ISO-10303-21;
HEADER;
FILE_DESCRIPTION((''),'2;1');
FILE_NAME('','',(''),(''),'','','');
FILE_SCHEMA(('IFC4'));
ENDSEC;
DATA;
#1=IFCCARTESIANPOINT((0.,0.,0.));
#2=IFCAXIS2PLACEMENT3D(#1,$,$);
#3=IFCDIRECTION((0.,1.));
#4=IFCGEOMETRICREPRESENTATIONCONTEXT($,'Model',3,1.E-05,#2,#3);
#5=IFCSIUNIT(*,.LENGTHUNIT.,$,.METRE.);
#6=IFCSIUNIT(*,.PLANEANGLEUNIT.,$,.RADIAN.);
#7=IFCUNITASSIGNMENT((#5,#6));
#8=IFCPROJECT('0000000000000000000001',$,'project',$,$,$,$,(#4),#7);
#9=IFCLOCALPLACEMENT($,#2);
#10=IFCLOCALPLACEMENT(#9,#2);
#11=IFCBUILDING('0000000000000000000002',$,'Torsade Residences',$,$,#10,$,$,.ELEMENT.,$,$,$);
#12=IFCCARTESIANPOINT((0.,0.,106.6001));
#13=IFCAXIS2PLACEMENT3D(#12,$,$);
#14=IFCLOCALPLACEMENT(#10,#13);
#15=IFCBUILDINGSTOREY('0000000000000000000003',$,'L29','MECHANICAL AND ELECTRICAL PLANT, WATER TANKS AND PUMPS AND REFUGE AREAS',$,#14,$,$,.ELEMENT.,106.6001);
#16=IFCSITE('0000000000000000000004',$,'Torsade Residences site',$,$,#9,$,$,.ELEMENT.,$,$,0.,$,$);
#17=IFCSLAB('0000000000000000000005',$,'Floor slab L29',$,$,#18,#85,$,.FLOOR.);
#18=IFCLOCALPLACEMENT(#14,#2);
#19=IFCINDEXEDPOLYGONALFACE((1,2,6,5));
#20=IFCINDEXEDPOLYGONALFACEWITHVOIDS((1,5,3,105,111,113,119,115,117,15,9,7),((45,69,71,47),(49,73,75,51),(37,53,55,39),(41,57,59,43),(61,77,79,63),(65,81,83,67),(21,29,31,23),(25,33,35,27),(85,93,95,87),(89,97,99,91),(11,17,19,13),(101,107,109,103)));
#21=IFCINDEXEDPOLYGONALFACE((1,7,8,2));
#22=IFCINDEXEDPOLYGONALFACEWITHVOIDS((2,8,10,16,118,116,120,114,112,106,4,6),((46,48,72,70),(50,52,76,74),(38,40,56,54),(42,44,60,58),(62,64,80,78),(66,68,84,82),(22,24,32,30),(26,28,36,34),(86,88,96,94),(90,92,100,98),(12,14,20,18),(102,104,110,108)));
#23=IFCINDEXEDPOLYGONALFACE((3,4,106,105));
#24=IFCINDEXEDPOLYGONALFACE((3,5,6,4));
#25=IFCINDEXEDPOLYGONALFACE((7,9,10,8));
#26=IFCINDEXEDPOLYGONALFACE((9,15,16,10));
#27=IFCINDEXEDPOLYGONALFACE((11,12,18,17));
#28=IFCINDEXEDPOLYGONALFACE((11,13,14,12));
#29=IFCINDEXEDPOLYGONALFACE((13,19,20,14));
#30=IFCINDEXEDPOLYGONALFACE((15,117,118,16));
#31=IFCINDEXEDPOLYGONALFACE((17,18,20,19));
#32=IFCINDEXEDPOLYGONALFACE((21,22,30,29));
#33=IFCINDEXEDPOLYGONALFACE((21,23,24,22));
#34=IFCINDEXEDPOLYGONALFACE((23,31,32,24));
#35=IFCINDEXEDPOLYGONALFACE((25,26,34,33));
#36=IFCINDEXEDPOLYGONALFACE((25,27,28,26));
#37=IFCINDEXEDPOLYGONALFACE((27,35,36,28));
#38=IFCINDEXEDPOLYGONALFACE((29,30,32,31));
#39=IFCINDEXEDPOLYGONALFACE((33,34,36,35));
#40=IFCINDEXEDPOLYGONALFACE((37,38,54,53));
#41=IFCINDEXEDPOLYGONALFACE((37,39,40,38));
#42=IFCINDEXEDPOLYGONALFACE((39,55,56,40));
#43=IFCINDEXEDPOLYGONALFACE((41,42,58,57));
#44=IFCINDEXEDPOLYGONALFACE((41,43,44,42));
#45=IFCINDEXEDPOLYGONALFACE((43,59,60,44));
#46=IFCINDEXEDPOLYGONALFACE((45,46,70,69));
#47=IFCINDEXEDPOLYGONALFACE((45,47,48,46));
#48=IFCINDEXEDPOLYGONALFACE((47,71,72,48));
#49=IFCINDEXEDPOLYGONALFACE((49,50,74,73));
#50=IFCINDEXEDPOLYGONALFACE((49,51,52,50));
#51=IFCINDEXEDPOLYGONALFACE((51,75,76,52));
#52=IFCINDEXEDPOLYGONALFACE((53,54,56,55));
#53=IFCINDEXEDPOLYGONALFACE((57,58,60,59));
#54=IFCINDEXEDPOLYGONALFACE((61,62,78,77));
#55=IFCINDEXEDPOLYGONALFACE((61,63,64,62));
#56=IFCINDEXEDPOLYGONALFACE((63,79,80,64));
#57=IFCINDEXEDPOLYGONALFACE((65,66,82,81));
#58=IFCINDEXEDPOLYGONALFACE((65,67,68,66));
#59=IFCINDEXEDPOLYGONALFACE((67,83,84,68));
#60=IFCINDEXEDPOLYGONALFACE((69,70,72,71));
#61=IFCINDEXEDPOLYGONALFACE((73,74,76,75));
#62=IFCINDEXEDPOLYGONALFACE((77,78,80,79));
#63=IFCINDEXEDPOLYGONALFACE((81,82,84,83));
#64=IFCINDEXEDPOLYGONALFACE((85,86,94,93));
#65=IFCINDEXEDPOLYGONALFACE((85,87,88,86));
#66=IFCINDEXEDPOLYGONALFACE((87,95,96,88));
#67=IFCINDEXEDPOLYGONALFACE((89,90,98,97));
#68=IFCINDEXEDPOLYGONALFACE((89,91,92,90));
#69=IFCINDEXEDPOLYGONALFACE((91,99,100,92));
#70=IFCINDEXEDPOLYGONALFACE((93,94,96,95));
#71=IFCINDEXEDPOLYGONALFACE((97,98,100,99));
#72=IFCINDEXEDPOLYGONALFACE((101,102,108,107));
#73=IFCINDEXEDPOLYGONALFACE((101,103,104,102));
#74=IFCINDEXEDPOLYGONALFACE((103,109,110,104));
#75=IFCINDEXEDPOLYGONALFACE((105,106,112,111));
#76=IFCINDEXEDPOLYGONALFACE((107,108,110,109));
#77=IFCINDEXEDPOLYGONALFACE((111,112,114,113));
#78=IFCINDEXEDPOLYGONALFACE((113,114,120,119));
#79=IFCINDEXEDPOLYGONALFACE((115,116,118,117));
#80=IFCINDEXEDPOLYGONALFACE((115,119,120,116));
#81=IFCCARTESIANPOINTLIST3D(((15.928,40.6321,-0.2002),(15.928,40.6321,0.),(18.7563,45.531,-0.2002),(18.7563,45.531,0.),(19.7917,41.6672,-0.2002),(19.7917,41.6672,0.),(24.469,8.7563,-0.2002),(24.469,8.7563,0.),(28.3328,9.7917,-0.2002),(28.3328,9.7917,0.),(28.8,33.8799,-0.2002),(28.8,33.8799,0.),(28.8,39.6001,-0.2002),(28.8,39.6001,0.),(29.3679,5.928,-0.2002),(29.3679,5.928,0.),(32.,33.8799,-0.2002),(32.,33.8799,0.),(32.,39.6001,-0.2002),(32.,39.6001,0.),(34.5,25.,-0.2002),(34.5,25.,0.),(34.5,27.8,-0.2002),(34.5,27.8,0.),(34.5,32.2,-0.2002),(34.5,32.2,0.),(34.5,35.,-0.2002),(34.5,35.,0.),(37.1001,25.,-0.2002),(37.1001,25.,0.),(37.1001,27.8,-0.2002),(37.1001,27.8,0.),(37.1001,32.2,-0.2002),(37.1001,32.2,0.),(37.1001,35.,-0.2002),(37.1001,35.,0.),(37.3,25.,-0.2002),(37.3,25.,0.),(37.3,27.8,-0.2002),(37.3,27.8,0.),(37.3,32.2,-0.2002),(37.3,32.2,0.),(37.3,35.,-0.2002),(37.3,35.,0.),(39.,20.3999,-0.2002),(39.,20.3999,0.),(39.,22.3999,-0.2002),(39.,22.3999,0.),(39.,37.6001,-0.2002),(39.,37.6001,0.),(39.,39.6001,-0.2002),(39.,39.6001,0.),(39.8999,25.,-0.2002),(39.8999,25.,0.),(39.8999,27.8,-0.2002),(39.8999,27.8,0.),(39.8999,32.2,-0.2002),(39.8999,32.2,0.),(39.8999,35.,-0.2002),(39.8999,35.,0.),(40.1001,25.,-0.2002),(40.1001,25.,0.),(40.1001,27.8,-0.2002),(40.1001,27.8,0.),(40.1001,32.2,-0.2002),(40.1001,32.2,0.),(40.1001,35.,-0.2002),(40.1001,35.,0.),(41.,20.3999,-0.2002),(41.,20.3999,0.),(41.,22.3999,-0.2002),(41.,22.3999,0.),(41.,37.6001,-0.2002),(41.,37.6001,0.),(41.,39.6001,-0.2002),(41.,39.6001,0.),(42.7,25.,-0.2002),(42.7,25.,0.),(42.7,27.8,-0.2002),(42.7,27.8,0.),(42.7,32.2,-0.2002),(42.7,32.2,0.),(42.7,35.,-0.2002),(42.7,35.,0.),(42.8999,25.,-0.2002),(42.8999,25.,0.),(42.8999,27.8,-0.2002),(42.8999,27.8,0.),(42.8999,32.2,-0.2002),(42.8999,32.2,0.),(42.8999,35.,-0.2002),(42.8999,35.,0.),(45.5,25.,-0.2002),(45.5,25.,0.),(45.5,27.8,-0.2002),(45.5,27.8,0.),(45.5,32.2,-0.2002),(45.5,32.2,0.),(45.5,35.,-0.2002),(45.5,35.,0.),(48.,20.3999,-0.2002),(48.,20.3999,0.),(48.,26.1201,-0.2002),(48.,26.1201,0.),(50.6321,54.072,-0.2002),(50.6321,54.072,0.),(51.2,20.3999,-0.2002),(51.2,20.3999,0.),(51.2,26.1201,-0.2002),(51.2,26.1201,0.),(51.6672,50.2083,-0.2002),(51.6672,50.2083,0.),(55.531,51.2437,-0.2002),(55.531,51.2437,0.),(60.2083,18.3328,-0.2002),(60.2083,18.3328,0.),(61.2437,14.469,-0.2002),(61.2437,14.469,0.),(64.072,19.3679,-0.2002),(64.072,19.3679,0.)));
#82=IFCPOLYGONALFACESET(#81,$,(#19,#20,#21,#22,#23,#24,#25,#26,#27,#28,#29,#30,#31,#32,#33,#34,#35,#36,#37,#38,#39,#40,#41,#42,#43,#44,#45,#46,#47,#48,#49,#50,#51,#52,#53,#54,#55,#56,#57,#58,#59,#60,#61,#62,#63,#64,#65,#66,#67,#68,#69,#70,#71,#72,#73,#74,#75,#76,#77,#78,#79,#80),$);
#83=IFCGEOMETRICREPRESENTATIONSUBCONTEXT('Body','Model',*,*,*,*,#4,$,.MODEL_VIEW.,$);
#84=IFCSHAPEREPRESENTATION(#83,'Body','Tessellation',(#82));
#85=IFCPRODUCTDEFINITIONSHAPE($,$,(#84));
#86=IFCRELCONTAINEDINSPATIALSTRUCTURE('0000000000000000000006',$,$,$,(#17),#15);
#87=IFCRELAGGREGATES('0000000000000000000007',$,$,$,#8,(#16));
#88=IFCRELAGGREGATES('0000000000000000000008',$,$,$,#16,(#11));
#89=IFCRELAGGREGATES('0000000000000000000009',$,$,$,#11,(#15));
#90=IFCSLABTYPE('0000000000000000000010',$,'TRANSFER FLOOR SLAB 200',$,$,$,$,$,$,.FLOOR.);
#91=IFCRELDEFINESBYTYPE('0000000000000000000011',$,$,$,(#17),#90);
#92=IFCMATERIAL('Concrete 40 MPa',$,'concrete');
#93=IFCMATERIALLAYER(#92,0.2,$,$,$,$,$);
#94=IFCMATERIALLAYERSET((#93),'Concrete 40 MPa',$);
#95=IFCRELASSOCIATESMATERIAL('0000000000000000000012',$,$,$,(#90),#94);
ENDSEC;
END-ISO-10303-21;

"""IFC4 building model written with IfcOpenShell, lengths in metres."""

from ifc_helpers import new_model, si_unit, direction, frame, origin, place, context, subcontext, project, spatial, polyline, outline, extrude, material, layer, layer_set, type_object, element, save


model = new_model("IFC4")

# Units and contexts
model_context = context("Model", 3, precision=1e-05, world=origin(), true_north=direction((0.0, 1.0)))
body_context = subcontext(model_context, "Body", "Model", "MODEL_VIEW")
ifc_project = project(units=[si_unit("LENGTHUNIT", "METRE"), si_unit("PLANEANGLEUNIT", "RADIAN")], contexts=[model_context])

# Site, building, storey
site_placement = place(None, origin())
site = spatial("IfcSite", under=ifc_project, at=site_placement, Name="Torsade Residences site", CompositionType="ELEMENT", RefElevation=0.0)
building_placement = place(site_placement, origin())
building = spatial("IfcBuilding", under=site, at=building_placement, Name="Torsade Residences", CompositionType="ELEMENT")
storey_placement = place(building_placement, frame((0.0, 0.0, 106.6001)))
storey = spatial("IfcBuildingStorey", under=building, at=storey_placement, Name="L29", Description="MECHANICAL AND ELECTRICAL PLANT, WATER TANKS AND PUMPS AND REFUGE AREAS", CompositionType="ELEMENT", Elevation=106.6001)

# Slab
ifc_material_1 = material(Name="Concrete 40 MPa", Category="concrete")
ifc_layer_1 = layer(ifc_material_1, 0.2)
ifc_layer_set_1 = layer_set([ifc_layer_1], Name="Concrete 40 MPa")
slab_type_1 = type_object("IfcSlabType", Name="TRANSFER FLOOR SLAB 200", PredefinedType="FLOOR", material=ifc_layer_set_1)
slab_1_placement = place(storey_placement, frame((0.0, 0.0, -0.2002)))
element("IfcSlab", 1, at=slab_1_placement, inside=storey, type_object=slab_type_1, Name="Floor slab L29", PredefinedType="FLOOR", context=body_context, shape_type="SweptSolid", body=[
    extrude(outline(polyline([(29.3679, 5.928), (61.2437, 14.469), (60.2083, 18.3328), (64.072, 19.3679), (55.531, 51.2437), (51.6672, 50.2083), (50.6321, 54.072), (18.7563, 45.531), (19.7917, 41.6672), (15.928, 40.6321), (24.469, 8.7563), (28.3328, 9.7917), (29.3679, 5.928)]), holes=[polyline([(51.2, 20.3999), (51.2, 26.1201), (48.0, 26.1201), (48.0, 20.3999), (51.2, 20.3999)]), polyline([(45.5, 27.8), (42.8999, 27.8), (42.8999, 25.0), (45.5, 25.0), (45.5, 27.8)]), polyline([(45.5, 32.2), (45.5, 35.0), (42.8999, 35.0), (42.8999, 32.2), (45.5, 32.2)]), polyline([(42.7, 25.0), (42.7, 27.8), (40.1001, 27.8), (40.1001, 25.0), (42.7, 25.0)]), polyline([(42.7, 32.2), (42.7, 35.0), (40.1001, 35.0), (40.1001, 32.2), (42.7, 32.2)]), polyline([(41.0, 22.3999), (39.0, 22.3999), (39.0, 20.3999), (41.0, 20.3999), (41.0, 22.3999)]), polyline([(41.0, 37.6001), (41.0, 39.6001), (39.0, 39.6001), (39.0, 37.6001), (41.0, 37.6001)]), polyline([(39.8999, 25.0), (39.8999, 27.8), (37.3, 27.8), (37.3, 25.0), (39.8999, 25.0)]), polyline([(39.8999, 35.0), (37.3, 35.0), (37.3, 32.2), (39.8999, 32.2), (39.8999, 35.0)]), polyline([(37.1001, 27.8), (34.5, 27.8), (34.5, 25.0), (37.1001, 25.0), (37.1001, 27.8)]), polyline([(37.1001, 32.2), (37.1001, 35.0), (34.5, 35.0), (34.5, 32.2), (37.1001, 32.2)]), polyline([(32.0, 33.8799), (32.0, 39.6001), (28.8, 39.6001), (28.8, 33.8799), (32.0, 33.8799)])]), origin(), (0.0, 0.0, 1.0), 0.2002),
])

save(model, "model.ifc")
